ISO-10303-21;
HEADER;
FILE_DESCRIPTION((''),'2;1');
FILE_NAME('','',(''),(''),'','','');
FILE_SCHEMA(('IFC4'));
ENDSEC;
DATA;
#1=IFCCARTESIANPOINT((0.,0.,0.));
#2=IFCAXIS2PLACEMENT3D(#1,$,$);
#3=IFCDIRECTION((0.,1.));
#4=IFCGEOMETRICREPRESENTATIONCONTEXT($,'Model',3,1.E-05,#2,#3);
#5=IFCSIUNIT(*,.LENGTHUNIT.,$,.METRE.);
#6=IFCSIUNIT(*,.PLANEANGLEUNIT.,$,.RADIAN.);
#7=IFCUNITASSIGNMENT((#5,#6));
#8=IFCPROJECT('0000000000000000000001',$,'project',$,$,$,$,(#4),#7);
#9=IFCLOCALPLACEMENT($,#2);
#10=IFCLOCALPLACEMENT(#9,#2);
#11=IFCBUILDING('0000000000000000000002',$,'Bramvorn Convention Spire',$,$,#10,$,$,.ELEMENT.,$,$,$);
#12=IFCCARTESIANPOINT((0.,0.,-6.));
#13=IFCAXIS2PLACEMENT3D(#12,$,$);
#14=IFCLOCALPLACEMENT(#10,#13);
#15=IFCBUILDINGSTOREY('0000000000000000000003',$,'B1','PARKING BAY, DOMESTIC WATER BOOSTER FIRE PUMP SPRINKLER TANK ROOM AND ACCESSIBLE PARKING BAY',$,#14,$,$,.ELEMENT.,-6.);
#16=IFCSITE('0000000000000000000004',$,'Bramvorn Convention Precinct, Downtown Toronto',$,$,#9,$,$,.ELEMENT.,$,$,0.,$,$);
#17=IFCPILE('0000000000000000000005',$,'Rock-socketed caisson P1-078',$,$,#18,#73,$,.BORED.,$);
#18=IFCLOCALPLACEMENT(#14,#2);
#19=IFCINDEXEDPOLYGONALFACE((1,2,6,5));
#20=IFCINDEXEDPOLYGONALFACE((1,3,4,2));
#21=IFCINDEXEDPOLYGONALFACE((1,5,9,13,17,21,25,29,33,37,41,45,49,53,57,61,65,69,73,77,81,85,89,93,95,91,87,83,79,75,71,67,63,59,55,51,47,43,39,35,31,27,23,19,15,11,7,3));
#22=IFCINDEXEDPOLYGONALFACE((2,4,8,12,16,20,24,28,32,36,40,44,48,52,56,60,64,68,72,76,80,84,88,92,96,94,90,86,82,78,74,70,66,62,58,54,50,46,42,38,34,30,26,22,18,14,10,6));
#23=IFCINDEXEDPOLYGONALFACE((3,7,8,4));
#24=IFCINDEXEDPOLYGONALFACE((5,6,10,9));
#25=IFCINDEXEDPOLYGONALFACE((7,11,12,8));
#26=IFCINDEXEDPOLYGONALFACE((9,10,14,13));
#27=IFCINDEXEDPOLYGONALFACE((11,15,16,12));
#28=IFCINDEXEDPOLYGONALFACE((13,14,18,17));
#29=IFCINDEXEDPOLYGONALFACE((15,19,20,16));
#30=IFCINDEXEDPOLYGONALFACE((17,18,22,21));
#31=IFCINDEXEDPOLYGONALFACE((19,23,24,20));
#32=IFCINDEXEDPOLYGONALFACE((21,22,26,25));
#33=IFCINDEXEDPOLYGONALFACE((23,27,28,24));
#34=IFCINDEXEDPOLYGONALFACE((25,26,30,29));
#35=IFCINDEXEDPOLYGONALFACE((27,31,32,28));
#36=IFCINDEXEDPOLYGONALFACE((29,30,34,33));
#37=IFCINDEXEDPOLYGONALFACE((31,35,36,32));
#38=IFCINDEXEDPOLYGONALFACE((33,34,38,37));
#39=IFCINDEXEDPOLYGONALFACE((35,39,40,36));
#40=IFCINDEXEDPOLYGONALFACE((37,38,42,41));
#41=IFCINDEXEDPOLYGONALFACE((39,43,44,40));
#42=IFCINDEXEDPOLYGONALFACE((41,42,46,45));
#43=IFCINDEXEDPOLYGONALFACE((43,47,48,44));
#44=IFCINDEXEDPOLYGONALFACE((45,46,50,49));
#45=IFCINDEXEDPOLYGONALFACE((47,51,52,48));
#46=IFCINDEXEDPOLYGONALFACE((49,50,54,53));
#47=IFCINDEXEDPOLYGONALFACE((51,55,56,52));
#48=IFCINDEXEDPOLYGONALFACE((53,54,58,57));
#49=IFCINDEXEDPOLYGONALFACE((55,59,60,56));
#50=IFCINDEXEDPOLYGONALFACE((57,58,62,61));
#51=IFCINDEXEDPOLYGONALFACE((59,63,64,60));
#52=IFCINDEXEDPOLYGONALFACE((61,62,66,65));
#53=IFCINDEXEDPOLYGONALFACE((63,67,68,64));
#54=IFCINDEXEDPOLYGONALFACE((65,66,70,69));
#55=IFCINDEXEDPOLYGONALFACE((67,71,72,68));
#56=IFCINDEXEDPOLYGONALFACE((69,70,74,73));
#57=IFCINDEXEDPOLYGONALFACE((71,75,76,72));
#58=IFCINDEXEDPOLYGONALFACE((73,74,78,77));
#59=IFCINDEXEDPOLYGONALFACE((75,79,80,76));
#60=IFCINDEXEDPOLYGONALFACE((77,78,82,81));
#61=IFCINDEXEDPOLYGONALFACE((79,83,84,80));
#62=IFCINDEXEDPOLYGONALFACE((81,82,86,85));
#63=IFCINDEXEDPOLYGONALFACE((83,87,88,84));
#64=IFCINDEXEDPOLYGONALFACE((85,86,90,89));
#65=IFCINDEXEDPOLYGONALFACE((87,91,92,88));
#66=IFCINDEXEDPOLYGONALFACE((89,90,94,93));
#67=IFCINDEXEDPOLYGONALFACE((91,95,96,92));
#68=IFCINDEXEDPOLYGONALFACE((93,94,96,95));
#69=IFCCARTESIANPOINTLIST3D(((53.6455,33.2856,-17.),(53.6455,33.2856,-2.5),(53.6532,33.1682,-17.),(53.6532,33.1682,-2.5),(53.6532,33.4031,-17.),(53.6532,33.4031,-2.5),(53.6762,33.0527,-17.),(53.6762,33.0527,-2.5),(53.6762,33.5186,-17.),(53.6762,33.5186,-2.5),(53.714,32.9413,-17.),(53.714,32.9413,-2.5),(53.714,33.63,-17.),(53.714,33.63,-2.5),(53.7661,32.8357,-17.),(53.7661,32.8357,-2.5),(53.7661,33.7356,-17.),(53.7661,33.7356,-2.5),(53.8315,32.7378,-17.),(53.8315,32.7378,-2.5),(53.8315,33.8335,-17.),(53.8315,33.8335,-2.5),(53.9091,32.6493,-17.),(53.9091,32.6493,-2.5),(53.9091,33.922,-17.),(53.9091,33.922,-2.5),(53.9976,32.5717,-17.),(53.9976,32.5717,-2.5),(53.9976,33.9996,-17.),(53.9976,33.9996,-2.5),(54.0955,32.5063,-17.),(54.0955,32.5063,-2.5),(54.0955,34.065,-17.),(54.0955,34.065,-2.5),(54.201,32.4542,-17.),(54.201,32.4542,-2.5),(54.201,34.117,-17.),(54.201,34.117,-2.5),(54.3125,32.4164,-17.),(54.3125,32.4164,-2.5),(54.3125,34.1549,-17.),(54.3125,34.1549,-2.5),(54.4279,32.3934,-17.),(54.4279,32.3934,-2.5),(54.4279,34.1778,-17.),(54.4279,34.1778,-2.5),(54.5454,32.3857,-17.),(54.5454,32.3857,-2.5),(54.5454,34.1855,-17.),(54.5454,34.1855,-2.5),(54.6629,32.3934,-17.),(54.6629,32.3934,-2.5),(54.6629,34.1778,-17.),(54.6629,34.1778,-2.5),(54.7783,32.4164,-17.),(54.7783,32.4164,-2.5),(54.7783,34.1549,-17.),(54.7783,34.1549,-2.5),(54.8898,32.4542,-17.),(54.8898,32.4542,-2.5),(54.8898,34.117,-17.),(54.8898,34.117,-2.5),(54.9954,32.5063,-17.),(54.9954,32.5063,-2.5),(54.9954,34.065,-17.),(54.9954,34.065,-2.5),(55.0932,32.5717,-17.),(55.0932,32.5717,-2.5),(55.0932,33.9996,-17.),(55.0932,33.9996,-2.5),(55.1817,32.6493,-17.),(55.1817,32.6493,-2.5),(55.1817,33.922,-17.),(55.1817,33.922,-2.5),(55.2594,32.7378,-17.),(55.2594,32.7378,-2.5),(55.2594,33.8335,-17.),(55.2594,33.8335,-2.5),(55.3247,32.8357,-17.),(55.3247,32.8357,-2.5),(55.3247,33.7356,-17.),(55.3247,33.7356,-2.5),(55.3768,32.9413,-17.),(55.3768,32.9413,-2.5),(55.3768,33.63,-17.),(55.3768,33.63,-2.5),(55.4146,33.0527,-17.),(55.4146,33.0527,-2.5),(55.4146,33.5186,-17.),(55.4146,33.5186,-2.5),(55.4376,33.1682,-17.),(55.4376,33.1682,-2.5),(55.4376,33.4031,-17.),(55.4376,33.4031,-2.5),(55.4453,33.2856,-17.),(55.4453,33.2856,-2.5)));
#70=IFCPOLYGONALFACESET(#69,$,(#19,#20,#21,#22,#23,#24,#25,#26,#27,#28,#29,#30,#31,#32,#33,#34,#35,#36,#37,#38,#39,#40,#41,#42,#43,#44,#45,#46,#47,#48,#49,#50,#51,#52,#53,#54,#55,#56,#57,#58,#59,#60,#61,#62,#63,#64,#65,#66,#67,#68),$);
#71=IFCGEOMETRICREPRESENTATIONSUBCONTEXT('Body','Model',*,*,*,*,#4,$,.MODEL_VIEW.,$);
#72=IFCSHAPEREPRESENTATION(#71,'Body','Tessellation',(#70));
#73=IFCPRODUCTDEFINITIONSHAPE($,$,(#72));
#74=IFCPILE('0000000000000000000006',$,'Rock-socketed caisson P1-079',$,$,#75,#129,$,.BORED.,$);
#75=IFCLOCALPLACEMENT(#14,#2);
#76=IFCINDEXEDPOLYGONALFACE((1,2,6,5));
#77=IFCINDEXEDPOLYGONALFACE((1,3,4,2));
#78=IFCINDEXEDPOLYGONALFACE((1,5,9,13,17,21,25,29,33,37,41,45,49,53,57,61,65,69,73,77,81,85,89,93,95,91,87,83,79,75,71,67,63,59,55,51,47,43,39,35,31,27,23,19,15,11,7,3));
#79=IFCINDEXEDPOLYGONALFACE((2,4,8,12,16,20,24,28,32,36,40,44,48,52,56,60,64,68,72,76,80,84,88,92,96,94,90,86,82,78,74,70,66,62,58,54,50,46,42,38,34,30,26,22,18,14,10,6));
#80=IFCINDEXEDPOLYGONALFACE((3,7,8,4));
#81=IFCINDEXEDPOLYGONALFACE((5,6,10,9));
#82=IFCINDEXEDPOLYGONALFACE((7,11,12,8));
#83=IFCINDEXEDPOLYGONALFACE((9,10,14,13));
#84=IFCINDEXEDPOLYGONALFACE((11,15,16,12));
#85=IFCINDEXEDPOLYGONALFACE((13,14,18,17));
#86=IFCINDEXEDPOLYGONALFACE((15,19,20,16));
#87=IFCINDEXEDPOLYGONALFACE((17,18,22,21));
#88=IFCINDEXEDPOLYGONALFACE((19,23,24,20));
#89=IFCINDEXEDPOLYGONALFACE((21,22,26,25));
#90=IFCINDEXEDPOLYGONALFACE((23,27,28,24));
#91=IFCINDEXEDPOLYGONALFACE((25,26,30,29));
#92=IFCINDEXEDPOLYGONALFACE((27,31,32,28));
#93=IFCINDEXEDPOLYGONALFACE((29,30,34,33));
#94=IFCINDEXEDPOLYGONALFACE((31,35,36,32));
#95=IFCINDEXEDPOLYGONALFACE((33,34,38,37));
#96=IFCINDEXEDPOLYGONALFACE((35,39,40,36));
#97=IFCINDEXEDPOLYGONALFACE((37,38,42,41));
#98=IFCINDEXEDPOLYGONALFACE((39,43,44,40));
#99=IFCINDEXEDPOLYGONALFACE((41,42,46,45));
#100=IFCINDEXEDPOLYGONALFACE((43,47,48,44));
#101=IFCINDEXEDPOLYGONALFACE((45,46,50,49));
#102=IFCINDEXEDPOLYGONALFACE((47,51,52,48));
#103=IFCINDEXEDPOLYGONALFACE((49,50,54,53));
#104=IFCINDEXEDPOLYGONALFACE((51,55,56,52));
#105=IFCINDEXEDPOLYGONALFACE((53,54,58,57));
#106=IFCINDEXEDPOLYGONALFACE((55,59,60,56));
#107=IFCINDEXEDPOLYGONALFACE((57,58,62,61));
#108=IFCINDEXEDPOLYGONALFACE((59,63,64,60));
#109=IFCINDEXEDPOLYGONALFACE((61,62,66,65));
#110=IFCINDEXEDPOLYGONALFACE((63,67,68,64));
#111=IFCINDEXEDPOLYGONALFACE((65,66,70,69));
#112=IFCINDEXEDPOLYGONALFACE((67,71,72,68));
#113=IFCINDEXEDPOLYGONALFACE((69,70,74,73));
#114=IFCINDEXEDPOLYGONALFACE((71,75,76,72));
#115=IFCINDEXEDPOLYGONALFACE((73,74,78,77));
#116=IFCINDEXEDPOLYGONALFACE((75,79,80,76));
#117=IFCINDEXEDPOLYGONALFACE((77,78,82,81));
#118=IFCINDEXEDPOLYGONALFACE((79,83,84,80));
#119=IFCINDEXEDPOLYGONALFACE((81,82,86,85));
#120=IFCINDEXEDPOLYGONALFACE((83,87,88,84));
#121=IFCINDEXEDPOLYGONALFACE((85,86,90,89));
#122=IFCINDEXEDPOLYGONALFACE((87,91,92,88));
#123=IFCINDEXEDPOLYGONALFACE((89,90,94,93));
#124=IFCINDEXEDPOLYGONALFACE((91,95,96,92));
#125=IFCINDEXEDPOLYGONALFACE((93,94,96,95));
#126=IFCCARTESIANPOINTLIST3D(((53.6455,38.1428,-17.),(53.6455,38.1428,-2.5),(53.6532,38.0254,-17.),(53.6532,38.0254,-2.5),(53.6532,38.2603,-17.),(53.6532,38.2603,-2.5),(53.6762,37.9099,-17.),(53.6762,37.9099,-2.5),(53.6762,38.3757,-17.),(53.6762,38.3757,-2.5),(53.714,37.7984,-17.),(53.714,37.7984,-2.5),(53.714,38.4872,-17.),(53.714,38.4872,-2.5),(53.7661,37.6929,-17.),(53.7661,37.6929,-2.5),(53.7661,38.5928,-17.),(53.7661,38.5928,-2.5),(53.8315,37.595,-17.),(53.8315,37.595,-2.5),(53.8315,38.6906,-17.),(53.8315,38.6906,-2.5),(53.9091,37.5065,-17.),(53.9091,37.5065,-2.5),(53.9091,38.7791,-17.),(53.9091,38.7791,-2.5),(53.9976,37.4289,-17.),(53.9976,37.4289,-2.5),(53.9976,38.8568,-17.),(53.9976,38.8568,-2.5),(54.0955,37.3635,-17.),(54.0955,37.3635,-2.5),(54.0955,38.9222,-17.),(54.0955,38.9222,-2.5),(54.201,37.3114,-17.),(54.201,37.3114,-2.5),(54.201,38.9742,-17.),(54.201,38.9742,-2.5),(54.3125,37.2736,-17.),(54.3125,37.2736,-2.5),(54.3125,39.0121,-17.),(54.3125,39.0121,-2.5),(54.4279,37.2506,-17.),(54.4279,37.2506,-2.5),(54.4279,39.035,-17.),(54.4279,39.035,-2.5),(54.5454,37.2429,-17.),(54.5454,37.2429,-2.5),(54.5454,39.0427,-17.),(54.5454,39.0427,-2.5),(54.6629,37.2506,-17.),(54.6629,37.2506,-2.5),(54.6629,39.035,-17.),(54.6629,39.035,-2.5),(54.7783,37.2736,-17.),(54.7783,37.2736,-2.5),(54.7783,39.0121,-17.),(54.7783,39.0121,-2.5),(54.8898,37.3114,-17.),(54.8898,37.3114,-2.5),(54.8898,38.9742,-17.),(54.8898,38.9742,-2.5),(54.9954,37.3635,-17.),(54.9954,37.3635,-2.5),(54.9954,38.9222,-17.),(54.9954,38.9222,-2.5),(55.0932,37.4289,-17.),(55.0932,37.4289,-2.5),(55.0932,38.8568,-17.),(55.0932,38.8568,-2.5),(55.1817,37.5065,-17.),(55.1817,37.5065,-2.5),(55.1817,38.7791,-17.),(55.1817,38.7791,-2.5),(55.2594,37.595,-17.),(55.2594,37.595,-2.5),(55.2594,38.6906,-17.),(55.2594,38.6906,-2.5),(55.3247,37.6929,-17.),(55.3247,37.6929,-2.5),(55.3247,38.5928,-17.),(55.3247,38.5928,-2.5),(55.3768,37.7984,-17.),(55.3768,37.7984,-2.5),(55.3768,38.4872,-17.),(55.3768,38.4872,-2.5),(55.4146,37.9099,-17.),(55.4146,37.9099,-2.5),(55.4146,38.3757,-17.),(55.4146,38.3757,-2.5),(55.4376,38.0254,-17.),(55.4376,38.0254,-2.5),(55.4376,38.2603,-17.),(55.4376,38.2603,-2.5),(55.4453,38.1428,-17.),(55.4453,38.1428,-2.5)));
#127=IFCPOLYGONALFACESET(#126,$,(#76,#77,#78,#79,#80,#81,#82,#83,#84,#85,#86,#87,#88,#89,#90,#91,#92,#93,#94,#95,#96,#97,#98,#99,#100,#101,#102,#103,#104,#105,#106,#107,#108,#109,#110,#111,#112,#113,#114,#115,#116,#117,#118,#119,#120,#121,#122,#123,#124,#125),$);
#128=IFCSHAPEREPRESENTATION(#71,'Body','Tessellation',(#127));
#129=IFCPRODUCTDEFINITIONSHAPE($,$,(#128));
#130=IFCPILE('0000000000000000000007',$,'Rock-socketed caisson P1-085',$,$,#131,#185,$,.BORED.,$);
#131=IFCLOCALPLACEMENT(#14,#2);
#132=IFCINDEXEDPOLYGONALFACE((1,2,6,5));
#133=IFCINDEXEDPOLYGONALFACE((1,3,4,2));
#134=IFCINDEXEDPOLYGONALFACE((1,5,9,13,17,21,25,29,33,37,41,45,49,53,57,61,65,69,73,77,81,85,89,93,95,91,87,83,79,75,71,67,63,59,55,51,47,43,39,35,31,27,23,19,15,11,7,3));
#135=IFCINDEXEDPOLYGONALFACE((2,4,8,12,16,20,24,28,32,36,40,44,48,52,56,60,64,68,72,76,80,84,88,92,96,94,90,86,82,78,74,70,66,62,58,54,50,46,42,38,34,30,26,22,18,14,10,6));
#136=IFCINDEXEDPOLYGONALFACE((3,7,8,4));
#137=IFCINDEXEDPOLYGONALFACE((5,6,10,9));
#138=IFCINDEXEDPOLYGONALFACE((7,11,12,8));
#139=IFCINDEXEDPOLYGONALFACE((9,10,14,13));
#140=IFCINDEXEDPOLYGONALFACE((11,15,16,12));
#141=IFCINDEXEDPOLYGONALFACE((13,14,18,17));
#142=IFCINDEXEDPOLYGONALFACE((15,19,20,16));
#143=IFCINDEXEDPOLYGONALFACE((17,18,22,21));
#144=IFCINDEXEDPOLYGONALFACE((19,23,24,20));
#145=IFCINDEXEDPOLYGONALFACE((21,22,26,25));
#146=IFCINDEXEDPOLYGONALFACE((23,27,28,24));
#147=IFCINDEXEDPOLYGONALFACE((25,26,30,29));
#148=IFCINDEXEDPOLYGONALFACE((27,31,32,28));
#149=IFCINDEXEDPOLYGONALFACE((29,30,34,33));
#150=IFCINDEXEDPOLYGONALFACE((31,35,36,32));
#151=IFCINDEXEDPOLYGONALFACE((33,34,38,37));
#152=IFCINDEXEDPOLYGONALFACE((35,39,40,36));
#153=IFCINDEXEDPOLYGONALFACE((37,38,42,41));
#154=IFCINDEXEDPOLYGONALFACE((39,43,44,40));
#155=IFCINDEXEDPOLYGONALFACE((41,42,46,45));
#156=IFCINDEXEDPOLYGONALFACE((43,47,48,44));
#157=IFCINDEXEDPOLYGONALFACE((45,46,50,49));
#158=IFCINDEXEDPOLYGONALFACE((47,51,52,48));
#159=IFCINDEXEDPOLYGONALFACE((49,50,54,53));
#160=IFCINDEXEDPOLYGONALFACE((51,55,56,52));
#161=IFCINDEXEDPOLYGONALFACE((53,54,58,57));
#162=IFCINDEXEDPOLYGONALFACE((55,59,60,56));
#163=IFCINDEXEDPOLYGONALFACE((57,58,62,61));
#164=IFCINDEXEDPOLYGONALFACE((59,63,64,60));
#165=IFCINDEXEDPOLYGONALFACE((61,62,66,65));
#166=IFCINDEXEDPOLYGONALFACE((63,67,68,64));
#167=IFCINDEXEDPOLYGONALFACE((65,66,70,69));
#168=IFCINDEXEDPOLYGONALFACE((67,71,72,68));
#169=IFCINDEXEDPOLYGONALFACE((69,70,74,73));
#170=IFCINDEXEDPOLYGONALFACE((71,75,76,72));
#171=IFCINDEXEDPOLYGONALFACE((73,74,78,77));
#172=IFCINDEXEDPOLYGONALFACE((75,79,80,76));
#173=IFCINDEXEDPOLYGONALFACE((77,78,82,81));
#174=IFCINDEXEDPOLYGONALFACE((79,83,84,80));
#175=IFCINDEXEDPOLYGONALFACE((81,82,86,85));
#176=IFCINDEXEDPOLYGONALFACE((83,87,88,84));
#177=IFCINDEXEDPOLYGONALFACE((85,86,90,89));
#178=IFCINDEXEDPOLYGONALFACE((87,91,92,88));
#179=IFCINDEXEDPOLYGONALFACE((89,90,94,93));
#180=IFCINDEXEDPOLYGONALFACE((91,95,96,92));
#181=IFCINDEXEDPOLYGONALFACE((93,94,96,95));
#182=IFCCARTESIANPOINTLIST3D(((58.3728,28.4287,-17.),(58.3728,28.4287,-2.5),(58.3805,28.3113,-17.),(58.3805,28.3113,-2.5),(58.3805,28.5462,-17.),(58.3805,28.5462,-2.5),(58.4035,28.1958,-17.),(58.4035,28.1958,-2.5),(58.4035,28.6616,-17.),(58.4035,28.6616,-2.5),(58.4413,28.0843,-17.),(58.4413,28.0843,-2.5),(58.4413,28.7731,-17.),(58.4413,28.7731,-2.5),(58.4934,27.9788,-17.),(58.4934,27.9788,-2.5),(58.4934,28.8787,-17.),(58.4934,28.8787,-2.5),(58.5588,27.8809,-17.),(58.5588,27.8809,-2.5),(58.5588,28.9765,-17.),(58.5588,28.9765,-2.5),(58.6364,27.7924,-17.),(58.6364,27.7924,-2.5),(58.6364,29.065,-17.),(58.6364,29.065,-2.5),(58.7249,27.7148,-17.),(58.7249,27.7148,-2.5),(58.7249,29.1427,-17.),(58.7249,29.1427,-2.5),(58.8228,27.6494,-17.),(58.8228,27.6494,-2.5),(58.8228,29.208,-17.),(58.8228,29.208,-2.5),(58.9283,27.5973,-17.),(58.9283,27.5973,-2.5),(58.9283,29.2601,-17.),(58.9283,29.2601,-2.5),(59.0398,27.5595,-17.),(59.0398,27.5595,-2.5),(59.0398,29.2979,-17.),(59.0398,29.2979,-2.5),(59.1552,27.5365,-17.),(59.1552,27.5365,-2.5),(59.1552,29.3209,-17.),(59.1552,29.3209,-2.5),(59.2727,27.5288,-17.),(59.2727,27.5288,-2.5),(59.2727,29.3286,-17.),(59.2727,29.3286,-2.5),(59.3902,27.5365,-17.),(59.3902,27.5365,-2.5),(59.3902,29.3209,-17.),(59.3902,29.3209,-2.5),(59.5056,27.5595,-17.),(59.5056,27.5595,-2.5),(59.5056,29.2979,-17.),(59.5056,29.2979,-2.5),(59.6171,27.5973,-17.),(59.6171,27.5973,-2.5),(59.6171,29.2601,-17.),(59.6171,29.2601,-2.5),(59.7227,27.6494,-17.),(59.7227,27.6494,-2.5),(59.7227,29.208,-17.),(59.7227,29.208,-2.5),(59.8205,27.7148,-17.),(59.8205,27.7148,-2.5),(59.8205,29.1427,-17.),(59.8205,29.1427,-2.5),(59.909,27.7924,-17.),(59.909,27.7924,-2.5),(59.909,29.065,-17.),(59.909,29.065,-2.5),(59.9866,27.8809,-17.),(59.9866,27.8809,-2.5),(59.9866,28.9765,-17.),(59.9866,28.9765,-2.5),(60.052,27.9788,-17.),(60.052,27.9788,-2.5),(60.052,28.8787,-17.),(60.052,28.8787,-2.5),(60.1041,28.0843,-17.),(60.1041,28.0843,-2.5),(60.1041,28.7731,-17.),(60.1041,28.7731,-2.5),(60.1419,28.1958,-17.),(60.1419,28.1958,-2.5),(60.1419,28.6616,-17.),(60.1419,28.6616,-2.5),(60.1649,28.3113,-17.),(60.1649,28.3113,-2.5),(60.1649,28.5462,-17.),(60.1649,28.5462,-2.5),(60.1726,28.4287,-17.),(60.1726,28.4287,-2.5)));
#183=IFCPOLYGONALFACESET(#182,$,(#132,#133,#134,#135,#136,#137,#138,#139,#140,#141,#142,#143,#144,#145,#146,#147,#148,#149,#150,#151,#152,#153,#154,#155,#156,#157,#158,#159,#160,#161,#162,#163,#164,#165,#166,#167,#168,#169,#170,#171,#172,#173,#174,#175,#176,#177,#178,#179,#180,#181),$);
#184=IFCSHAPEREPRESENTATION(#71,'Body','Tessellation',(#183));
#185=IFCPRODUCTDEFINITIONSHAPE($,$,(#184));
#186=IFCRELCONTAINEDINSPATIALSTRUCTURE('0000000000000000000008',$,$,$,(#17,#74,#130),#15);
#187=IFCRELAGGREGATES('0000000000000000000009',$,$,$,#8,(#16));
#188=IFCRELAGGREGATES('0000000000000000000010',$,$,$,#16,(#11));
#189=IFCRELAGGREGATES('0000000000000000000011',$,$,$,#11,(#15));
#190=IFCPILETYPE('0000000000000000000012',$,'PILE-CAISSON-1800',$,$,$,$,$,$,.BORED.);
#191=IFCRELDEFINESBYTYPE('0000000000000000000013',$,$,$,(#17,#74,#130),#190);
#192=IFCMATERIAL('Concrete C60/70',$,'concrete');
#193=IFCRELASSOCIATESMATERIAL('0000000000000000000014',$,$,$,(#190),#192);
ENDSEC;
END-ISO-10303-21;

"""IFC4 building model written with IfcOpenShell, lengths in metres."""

from ifc_helpers import new_model, si_unit, direction, frame, origin, origin_2d, place, context, subcontext, project, spatial, circle, extrude, material, material_profile, profile_set, type_object, element, save


model = new_model("IFC4")

# Units and contexts
model_context = context("Model", 3, precision=1e-05, world=origin(), true_north=direction((0.0, 1.0)))
body_context = subcontext(model_context, "Body", "Model", "MODEL_VIEW")
ifc_project = project(units=[si_unit("LENGTHUNIT", "METRE"), si_unit("PLANEANGLEUNIT", "RADIAN")], contexts=[model_context])

# Site, building, storey
site_placement = place(None, origin())
site = spatial("IfcSite", under=ifc_project, at=site_placement, Name="Bramvorn Convention Precinct, Downtown Toronto", CompositionType="ELEMENT", RefElevation=0.0)
building_placement = place(site_placement, origin())
building = spatial("IfcBuilding", under=site, at=building_placement, Name="Bramvorn Convention Spire", CompositionType="ELEMENT")
storey_placement = place(building_placement, frame((0.0, 0.0, -6.0)))
storey = spatial("IfcBuildingStorey", under=building, at=storey_placement, Name="B1", Description="PARKING BAY, DOMESTIC WATER BOOSTER FIRE PUMP SPRINKLER TANK ROOM AND ACCESSIBLE PARKING BAY", CompositionType="ELEMENT", Elevation=-6.0)

# Shared definitions
ifc_material_1 = material(Name="Concrete C60/70", Category="concrete")

# Piles
ifc_material_profile_1 = material_profile(ifc_material_1, circle(Radius=0.8999, at=origin_2d()))
ifc_profile_set_1 = profile_set([ifc_material_profile_1], Name="Concrete C60/70 - CAISSON1800")
pile_type_1 = type_object("IfcPileType", Name="PILE-CAISSON-1800", PredefinedType="BORED", material=ifc_profile_set_1)
for number, where, z_axis, x_axis, name in (
    (1, (54.5454, 33.2856, -2.5), (0.0, 0.0, -1.0), (1.0, 0.0, 0.0), "Rock-socketed caisson P1-078"),
    (2, (54.5454, 38.1428, -2.5), (0.0, 0.0, -1.0), (1.0, 0.0, 0.0), "Rock-socketed caisson P1-079"),
    (3, (59.2727, 28.4287, -2.5), (0.0, 0.0, -1.0), (1.0, 0.0, 0.0), "Rock-socketed caisson P1-085"),
):
    element("IfcPile", number, at=place(storey_placement, frame(where, z_axis=z_axis, x_axis=x_axis)), inside=storey, type_object=pile_type_1, Name=name, PredefinedType="BORED", context=body_context, shape_type="SweptSolid", body=[
        extrude(circle(Radius=0.8999, at=origin_2d()), origin(), (0.0, 0.0, 1.0), 14.5),
    ])

save(model, "model.ifc")
